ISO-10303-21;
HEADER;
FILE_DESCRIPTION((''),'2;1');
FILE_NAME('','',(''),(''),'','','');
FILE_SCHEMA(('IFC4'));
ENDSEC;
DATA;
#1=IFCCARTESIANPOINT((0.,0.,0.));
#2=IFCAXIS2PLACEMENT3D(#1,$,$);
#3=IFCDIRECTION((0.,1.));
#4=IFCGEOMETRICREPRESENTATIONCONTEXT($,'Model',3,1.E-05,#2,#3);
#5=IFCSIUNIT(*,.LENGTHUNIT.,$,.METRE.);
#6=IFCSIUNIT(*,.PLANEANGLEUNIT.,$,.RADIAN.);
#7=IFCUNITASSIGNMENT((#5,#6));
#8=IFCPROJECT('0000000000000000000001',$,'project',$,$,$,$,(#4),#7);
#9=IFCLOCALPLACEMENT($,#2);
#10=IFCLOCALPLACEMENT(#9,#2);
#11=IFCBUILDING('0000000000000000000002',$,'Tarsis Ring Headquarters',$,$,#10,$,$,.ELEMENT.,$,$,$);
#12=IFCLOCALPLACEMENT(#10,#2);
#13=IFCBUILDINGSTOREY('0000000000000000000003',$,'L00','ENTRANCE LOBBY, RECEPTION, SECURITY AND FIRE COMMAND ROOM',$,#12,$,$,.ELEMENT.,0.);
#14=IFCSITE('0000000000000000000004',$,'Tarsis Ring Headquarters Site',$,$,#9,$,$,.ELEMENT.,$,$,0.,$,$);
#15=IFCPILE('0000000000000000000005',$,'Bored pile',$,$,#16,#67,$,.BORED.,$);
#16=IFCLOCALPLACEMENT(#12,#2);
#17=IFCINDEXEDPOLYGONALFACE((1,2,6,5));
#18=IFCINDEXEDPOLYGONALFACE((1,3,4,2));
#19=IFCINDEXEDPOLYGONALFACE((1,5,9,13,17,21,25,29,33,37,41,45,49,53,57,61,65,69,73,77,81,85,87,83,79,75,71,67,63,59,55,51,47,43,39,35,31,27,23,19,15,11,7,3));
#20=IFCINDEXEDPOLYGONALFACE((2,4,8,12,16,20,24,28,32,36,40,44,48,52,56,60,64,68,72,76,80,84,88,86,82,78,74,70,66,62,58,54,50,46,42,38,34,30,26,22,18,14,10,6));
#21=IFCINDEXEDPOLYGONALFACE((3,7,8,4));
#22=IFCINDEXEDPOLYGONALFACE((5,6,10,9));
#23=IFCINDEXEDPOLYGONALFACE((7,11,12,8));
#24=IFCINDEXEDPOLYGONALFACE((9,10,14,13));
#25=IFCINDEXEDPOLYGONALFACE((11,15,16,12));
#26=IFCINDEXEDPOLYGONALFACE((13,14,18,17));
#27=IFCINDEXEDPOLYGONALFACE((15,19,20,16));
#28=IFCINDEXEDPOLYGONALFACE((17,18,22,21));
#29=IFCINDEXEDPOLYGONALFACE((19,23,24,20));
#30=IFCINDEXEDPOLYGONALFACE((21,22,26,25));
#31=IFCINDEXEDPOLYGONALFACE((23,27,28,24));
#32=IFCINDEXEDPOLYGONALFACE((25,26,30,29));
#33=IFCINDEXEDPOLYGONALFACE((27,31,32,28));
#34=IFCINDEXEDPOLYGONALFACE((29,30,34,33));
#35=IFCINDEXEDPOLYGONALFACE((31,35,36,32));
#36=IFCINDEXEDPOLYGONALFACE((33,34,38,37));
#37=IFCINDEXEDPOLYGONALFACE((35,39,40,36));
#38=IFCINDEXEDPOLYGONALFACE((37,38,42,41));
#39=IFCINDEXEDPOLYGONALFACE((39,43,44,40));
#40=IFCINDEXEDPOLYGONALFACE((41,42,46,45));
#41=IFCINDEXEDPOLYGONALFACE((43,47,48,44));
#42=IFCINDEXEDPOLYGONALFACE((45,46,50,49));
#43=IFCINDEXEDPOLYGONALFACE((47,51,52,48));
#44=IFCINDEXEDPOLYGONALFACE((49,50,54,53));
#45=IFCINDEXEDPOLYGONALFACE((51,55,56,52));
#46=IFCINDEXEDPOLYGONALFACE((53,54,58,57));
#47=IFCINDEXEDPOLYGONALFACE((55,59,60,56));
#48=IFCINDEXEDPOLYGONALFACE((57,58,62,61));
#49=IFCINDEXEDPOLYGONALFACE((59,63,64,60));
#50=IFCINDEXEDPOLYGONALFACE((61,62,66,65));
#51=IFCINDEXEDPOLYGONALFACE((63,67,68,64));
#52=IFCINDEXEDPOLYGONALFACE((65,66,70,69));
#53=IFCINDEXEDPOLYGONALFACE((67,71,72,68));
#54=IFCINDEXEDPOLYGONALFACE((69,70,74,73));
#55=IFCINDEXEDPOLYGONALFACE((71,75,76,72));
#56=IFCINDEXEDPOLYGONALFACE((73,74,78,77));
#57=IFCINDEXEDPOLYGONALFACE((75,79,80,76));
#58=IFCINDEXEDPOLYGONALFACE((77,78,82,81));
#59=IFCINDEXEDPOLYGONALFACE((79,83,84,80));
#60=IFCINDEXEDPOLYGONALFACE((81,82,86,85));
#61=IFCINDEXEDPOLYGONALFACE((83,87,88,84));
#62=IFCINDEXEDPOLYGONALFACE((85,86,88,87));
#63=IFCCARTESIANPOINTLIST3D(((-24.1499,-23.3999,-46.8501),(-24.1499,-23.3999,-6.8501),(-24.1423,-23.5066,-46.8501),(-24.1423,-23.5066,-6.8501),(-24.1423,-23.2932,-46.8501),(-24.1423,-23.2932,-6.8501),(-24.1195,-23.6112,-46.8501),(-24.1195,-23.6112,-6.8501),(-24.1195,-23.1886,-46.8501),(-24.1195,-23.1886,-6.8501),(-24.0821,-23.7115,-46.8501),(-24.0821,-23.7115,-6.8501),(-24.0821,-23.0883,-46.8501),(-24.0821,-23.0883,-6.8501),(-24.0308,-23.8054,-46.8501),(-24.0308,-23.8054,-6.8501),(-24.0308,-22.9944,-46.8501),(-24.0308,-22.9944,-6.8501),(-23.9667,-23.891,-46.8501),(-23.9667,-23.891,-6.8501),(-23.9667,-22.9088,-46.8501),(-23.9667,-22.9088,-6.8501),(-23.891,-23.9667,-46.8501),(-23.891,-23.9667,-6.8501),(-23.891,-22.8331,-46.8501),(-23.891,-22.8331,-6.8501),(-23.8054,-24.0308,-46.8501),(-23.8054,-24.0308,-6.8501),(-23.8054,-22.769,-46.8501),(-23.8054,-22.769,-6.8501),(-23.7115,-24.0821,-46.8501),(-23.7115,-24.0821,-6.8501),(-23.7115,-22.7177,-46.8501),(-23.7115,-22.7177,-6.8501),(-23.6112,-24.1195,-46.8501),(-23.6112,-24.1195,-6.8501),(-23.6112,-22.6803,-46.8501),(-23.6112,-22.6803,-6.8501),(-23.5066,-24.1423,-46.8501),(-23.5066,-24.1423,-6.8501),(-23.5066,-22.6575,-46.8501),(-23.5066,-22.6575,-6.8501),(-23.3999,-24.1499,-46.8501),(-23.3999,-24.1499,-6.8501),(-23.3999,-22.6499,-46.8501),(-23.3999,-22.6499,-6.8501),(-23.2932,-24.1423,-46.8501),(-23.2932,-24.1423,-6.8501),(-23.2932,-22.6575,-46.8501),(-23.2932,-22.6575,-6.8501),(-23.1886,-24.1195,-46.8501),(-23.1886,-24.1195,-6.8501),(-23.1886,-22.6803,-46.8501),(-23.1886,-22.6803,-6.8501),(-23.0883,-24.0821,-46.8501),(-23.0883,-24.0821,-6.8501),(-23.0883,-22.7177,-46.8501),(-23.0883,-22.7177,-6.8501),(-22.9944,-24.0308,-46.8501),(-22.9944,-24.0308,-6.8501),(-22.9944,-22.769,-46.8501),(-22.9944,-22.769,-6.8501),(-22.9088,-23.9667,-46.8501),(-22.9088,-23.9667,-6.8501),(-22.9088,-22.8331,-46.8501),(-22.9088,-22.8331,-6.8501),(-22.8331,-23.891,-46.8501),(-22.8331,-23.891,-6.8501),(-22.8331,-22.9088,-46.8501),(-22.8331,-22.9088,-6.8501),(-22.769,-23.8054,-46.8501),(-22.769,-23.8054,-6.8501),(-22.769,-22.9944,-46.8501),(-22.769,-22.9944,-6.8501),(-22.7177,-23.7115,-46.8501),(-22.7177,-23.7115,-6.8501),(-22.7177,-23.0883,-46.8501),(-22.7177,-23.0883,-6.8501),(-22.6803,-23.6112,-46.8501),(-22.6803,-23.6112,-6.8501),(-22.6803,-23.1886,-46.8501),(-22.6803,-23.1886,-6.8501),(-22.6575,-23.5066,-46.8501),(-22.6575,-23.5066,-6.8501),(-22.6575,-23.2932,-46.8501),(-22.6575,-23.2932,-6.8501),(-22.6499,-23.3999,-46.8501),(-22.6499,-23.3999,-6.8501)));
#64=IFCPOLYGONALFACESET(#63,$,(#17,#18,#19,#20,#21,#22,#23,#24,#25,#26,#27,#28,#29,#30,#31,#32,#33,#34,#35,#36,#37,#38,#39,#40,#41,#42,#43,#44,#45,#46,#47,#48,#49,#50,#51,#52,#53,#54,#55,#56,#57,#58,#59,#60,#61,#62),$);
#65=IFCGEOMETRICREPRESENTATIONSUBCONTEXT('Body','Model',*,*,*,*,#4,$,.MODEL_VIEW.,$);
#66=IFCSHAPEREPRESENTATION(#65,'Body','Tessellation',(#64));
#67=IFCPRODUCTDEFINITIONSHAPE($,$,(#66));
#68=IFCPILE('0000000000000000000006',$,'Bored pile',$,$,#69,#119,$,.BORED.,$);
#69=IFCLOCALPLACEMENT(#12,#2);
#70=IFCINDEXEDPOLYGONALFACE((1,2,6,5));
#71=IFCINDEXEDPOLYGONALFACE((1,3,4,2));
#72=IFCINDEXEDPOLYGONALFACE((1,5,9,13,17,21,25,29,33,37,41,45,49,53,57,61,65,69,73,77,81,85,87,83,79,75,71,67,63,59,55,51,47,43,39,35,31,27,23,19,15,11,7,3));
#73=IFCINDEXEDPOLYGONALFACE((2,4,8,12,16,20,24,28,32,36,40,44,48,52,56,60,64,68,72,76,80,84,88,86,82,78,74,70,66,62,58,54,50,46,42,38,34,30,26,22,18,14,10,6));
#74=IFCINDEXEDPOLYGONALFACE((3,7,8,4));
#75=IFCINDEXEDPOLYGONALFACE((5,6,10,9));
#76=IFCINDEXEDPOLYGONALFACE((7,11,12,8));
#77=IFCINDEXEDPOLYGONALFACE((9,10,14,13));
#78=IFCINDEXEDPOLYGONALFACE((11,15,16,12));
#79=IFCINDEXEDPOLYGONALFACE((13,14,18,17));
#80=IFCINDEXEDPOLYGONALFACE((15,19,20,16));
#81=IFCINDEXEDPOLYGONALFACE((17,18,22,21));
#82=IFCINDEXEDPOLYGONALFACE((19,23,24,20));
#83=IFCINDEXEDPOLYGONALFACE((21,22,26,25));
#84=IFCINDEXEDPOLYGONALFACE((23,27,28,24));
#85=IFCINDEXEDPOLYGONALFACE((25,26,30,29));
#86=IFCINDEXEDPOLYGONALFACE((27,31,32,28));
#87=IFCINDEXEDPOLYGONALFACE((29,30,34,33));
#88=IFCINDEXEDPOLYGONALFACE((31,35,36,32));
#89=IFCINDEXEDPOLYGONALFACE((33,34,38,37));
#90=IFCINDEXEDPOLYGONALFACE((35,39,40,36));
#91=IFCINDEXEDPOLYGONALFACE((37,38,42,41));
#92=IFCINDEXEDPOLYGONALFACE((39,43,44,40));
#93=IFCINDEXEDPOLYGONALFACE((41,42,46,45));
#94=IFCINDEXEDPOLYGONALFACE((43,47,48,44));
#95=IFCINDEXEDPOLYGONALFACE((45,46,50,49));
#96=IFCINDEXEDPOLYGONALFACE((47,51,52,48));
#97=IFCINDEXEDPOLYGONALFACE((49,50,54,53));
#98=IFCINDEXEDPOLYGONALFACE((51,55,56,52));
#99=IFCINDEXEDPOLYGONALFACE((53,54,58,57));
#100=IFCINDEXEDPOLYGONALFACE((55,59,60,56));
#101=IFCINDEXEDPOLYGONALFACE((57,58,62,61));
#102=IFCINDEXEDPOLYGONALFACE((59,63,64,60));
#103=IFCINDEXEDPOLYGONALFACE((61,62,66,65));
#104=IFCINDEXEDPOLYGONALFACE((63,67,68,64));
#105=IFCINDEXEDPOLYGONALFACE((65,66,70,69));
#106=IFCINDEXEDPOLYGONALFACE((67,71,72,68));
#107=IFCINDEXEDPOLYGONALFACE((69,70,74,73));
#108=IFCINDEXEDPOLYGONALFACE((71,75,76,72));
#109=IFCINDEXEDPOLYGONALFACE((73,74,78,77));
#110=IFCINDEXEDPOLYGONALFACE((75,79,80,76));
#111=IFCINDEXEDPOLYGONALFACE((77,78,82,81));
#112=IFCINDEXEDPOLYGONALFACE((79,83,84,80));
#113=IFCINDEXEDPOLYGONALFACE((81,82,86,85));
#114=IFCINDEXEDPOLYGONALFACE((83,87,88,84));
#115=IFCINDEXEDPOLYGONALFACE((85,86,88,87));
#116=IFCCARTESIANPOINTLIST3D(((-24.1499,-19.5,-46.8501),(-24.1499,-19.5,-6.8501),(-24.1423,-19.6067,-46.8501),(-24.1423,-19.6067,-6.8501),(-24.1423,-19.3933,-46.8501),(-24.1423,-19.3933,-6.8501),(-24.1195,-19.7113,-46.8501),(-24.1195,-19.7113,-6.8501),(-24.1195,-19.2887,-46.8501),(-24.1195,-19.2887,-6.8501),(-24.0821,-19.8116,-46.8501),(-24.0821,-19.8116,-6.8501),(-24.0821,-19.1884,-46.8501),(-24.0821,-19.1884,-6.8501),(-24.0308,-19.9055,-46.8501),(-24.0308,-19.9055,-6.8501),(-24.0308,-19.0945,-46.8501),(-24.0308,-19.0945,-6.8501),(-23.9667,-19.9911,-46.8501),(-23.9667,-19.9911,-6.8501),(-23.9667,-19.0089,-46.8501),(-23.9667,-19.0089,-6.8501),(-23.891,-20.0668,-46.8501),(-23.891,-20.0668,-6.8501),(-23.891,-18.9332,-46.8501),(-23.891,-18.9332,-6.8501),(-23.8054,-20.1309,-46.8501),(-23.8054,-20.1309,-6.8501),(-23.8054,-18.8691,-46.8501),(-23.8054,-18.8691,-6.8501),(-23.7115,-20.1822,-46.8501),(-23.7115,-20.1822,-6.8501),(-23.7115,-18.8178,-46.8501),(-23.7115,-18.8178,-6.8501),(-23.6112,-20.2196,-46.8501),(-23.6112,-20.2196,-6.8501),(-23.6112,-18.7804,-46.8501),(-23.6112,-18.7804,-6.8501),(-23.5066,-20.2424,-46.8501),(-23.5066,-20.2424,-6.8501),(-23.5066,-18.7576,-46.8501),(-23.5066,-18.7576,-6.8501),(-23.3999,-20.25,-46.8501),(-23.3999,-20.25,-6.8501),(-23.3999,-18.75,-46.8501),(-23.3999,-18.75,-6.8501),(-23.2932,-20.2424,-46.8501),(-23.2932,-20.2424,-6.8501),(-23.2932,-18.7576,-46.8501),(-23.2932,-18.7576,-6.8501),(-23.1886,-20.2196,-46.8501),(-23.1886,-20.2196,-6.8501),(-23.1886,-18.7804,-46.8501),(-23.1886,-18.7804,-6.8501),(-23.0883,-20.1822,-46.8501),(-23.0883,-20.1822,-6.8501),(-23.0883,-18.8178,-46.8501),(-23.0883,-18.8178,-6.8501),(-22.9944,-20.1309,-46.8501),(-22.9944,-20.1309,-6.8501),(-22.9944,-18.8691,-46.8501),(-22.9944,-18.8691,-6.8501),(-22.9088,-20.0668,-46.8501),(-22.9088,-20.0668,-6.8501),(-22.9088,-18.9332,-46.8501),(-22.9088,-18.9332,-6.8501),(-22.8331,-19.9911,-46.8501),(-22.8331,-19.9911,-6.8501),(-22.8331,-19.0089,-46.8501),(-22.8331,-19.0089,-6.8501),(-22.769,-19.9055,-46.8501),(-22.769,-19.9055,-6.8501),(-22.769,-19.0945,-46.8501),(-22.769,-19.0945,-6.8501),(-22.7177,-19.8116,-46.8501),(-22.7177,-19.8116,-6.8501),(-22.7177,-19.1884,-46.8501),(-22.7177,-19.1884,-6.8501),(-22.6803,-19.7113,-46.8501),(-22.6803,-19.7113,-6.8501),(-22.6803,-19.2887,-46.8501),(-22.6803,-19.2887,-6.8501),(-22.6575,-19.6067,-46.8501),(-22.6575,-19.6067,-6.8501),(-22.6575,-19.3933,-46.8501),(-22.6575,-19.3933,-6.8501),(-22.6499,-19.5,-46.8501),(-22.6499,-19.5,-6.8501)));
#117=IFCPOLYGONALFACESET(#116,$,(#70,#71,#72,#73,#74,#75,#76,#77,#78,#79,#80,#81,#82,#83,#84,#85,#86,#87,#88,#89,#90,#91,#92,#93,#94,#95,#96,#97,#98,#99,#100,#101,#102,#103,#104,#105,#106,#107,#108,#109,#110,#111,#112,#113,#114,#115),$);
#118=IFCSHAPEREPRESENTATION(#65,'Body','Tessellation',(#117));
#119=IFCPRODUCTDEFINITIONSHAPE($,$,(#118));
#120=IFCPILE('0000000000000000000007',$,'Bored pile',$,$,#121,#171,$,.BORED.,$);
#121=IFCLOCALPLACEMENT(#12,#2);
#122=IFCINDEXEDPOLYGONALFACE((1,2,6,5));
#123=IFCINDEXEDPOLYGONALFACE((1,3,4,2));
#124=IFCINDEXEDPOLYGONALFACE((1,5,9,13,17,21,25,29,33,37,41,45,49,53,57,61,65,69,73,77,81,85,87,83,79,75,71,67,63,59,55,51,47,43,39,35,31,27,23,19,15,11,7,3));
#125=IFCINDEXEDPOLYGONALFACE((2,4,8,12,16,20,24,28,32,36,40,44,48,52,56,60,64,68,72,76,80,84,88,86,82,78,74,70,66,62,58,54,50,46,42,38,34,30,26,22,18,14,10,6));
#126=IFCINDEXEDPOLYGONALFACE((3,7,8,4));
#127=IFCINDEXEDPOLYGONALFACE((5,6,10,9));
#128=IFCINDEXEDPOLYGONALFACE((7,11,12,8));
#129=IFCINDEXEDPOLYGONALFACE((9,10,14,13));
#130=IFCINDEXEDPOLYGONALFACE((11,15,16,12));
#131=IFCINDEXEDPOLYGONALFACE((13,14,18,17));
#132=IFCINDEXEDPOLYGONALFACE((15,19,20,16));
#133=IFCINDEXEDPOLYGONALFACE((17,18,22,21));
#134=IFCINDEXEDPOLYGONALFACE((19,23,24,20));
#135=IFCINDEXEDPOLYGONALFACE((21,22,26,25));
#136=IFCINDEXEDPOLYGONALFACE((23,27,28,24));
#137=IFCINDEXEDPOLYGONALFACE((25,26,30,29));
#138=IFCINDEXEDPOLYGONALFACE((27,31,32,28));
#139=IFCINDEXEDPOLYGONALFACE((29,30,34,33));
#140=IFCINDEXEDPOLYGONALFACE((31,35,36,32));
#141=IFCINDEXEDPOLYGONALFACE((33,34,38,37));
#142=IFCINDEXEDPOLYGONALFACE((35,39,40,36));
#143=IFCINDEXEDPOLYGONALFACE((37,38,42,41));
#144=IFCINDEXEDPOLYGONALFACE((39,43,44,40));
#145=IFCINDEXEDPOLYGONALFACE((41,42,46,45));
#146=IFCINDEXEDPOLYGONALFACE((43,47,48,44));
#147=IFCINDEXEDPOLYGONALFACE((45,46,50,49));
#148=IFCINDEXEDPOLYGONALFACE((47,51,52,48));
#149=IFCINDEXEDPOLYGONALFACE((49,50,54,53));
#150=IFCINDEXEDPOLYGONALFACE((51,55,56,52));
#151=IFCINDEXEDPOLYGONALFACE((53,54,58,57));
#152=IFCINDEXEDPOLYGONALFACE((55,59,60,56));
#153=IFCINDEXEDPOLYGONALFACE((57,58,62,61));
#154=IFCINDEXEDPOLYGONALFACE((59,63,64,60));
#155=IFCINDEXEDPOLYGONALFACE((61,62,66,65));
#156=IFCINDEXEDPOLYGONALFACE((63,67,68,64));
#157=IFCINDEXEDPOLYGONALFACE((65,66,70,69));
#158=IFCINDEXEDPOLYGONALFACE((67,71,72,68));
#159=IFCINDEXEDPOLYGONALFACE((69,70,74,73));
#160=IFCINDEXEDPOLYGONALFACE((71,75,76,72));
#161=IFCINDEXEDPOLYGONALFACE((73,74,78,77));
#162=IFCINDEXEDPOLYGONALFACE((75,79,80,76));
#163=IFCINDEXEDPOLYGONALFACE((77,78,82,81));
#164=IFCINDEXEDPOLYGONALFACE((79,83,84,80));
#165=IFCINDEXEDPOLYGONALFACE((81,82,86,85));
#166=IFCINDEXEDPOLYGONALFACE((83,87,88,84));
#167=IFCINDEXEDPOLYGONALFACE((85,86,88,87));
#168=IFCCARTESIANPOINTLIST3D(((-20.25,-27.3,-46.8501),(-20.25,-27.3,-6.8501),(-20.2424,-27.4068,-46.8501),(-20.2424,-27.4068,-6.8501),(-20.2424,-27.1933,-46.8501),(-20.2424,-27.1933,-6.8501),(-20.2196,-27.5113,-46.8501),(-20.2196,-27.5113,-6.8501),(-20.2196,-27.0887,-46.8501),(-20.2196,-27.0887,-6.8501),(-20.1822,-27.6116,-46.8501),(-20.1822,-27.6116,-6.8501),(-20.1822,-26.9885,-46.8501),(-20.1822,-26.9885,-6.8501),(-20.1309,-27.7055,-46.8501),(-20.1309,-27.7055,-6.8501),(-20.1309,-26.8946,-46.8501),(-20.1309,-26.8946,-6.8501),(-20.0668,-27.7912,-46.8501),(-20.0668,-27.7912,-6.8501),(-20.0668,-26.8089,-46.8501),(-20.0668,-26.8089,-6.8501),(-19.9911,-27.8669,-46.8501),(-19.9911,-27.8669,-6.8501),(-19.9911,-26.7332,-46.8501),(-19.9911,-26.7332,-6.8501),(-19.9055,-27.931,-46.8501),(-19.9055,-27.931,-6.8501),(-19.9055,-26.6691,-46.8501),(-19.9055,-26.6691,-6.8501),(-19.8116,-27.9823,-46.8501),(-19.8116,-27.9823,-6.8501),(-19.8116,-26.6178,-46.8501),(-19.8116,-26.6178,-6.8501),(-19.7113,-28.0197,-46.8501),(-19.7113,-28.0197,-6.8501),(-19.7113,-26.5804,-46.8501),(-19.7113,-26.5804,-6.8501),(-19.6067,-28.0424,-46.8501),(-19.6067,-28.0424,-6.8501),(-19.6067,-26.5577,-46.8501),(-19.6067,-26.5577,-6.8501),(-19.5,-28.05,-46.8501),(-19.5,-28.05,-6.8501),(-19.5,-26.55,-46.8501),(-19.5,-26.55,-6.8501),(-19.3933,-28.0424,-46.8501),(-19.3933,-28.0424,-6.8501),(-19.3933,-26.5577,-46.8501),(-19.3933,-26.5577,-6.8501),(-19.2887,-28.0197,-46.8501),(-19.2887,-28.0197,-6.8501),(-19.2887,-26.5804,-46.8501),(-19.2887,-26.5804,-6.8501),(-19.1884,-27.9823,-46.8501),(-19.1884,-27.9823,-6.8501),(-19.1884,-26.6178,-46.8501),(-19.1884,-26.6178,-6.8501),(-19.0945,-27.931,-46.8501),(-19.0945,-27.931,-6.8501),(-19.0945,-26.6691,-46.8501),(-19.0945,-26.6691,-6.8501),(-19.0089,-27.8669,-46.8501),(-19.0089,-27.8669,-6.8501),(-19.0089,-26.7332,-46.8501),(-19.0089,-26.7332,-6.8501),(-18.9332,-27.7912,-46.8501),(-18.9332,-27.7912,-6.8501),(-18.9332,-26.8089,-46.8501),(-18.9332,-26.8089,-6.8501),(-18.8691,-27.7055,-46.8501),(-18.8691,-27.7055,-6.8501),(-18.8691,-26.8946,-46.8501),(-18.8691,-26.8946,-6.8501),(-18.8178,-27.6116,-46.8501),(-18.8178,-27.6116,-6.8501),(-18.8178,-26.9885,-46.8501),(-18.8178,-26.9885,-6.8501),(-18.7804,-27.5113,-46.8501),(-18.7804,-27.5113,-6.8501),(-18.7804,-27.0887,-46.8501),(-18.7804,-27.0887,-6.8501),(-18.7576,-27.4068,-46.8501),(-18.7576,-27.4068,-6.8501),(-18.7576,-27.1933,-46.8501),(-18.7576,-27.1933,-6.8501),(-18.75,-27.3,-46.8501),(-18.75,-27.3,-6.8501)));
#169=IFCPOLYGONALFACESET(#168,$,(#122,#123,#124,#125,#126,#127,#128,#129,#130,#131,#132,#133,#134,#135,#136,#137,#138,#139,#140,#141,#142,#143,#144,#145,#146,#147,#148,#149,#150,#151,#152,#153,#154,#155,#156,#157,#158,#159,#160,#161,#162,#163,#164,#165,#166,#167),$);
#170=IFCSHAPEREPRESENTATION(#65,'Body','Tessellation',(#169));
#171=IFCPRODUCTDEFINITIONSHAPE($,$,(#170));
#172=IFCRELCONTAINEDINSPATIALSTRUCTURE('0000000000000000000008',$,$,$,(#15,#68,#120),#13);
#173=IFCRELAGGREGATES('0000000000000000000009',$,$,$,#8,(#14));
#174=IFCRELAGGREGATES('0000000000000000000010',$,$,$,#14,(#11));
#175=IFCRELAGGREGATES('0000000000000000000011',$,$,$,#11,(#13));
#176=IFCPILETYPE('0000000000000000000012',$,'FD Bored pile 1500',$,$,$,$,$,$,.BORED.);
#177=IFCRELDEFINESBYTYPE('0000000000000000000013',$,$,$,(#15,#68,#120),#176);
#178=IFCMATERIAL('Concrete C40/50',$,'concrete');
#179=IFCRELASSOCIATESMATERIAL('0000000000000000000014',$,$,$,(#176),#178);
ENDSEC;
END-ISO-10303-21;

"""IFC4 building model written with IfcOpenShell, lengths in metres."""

from ifc_helpers import new_model, si_unit, direction, frame, origin, origin_2d, place, context, subcontext, project, spatial, circle, extrude, material, material_profile, profile_set, type_object, element, save


model = new_model("IFC4")

# Units and contexts
model_context = context("Model", 3, precision=1e-05, world=origin(), true_north=direction((0.0, 1.0)))
body_context = subcontext(model_context, "Body", "Model", "MODEL_VIEW")
ifc_project = project(units=[si_unit("LENGTHUNIT", "METRE"), si_unit("PLANEANGLEUNIT", "RADIAN")], contexts=[model_context])

# Site, building, storey
site_placement = place(None, origin())
site = spatial("IfcSite", under=ifc_project, at=site_placement, Name="Tarsis Ring Headquarters Site", CompositionType="ELEMENT", RefElevation=0.0)
building_placement = place(site_placement, origin())
building = spatial("IfcBuilding", under=site, at=building_placement, Name="Tarsis Ring Headquarters", CompositionType="ELEMENT")
storey_placement = place(building_placement, origin())
storey = spatial("IfcBuildingStorey", under=building, at=storey_placement, Name="L00", Description="ENTRANCE LOBBY, RECEPTION, SECURITY AND FIRE COMMAND ROOM", CompositionType="ELEMENT", Elevation=0.0)

# Piles
ifc_material_1 = material(Name="Concrete C40/50", Category="concrete")
ifc_material_profile_1 = material_profile(ifc_material_1, circle(Radius=0.75, at=origin_2d()), Name="BORED 1500")
ifc_profile_set_1 = profile_set([ifc_material_profile_1], Name="Concrete C40/50")
pile_type_1 = type_object("IfcPileType", Name="FD Bored pile 1500", PredefinedType="BORED", material=ifc_profile_set_1)
for number, where, z_axis, x_axis, name in (
    (1, (-23.3999, -23.3999, -6.8501), (0.0, 0.0, -1.0), (1.0, 0.0, 0.0), "Bored pile"),
    (2, (-23.3999, -19.5, -6.8501), (0.0, 0.0, -1.0), (1.0, 0.0, 0.0), "Bored pile"),
    (3, (-19.5, -27.3, -6.8501), (0.0, 0.0, -1.0), (1.0, 0.0, 0.0), "Bored pile"),
):
    element("IfcPile", number, at=place(storey_placement, frame(where, z_axis=z_axis, x_axis=x_axis)), inside=storey, type_object=pile_type_1, Name=name, PredefinedType="BORED", context=body_context, shape_type="SweptSolid", body=[
        extrude(circle(Radius=0.75, at=origin_2d()), origin(), (0.0, 0.0, 1.0), 40.0),
    ])

save(model, "model.ifc")
